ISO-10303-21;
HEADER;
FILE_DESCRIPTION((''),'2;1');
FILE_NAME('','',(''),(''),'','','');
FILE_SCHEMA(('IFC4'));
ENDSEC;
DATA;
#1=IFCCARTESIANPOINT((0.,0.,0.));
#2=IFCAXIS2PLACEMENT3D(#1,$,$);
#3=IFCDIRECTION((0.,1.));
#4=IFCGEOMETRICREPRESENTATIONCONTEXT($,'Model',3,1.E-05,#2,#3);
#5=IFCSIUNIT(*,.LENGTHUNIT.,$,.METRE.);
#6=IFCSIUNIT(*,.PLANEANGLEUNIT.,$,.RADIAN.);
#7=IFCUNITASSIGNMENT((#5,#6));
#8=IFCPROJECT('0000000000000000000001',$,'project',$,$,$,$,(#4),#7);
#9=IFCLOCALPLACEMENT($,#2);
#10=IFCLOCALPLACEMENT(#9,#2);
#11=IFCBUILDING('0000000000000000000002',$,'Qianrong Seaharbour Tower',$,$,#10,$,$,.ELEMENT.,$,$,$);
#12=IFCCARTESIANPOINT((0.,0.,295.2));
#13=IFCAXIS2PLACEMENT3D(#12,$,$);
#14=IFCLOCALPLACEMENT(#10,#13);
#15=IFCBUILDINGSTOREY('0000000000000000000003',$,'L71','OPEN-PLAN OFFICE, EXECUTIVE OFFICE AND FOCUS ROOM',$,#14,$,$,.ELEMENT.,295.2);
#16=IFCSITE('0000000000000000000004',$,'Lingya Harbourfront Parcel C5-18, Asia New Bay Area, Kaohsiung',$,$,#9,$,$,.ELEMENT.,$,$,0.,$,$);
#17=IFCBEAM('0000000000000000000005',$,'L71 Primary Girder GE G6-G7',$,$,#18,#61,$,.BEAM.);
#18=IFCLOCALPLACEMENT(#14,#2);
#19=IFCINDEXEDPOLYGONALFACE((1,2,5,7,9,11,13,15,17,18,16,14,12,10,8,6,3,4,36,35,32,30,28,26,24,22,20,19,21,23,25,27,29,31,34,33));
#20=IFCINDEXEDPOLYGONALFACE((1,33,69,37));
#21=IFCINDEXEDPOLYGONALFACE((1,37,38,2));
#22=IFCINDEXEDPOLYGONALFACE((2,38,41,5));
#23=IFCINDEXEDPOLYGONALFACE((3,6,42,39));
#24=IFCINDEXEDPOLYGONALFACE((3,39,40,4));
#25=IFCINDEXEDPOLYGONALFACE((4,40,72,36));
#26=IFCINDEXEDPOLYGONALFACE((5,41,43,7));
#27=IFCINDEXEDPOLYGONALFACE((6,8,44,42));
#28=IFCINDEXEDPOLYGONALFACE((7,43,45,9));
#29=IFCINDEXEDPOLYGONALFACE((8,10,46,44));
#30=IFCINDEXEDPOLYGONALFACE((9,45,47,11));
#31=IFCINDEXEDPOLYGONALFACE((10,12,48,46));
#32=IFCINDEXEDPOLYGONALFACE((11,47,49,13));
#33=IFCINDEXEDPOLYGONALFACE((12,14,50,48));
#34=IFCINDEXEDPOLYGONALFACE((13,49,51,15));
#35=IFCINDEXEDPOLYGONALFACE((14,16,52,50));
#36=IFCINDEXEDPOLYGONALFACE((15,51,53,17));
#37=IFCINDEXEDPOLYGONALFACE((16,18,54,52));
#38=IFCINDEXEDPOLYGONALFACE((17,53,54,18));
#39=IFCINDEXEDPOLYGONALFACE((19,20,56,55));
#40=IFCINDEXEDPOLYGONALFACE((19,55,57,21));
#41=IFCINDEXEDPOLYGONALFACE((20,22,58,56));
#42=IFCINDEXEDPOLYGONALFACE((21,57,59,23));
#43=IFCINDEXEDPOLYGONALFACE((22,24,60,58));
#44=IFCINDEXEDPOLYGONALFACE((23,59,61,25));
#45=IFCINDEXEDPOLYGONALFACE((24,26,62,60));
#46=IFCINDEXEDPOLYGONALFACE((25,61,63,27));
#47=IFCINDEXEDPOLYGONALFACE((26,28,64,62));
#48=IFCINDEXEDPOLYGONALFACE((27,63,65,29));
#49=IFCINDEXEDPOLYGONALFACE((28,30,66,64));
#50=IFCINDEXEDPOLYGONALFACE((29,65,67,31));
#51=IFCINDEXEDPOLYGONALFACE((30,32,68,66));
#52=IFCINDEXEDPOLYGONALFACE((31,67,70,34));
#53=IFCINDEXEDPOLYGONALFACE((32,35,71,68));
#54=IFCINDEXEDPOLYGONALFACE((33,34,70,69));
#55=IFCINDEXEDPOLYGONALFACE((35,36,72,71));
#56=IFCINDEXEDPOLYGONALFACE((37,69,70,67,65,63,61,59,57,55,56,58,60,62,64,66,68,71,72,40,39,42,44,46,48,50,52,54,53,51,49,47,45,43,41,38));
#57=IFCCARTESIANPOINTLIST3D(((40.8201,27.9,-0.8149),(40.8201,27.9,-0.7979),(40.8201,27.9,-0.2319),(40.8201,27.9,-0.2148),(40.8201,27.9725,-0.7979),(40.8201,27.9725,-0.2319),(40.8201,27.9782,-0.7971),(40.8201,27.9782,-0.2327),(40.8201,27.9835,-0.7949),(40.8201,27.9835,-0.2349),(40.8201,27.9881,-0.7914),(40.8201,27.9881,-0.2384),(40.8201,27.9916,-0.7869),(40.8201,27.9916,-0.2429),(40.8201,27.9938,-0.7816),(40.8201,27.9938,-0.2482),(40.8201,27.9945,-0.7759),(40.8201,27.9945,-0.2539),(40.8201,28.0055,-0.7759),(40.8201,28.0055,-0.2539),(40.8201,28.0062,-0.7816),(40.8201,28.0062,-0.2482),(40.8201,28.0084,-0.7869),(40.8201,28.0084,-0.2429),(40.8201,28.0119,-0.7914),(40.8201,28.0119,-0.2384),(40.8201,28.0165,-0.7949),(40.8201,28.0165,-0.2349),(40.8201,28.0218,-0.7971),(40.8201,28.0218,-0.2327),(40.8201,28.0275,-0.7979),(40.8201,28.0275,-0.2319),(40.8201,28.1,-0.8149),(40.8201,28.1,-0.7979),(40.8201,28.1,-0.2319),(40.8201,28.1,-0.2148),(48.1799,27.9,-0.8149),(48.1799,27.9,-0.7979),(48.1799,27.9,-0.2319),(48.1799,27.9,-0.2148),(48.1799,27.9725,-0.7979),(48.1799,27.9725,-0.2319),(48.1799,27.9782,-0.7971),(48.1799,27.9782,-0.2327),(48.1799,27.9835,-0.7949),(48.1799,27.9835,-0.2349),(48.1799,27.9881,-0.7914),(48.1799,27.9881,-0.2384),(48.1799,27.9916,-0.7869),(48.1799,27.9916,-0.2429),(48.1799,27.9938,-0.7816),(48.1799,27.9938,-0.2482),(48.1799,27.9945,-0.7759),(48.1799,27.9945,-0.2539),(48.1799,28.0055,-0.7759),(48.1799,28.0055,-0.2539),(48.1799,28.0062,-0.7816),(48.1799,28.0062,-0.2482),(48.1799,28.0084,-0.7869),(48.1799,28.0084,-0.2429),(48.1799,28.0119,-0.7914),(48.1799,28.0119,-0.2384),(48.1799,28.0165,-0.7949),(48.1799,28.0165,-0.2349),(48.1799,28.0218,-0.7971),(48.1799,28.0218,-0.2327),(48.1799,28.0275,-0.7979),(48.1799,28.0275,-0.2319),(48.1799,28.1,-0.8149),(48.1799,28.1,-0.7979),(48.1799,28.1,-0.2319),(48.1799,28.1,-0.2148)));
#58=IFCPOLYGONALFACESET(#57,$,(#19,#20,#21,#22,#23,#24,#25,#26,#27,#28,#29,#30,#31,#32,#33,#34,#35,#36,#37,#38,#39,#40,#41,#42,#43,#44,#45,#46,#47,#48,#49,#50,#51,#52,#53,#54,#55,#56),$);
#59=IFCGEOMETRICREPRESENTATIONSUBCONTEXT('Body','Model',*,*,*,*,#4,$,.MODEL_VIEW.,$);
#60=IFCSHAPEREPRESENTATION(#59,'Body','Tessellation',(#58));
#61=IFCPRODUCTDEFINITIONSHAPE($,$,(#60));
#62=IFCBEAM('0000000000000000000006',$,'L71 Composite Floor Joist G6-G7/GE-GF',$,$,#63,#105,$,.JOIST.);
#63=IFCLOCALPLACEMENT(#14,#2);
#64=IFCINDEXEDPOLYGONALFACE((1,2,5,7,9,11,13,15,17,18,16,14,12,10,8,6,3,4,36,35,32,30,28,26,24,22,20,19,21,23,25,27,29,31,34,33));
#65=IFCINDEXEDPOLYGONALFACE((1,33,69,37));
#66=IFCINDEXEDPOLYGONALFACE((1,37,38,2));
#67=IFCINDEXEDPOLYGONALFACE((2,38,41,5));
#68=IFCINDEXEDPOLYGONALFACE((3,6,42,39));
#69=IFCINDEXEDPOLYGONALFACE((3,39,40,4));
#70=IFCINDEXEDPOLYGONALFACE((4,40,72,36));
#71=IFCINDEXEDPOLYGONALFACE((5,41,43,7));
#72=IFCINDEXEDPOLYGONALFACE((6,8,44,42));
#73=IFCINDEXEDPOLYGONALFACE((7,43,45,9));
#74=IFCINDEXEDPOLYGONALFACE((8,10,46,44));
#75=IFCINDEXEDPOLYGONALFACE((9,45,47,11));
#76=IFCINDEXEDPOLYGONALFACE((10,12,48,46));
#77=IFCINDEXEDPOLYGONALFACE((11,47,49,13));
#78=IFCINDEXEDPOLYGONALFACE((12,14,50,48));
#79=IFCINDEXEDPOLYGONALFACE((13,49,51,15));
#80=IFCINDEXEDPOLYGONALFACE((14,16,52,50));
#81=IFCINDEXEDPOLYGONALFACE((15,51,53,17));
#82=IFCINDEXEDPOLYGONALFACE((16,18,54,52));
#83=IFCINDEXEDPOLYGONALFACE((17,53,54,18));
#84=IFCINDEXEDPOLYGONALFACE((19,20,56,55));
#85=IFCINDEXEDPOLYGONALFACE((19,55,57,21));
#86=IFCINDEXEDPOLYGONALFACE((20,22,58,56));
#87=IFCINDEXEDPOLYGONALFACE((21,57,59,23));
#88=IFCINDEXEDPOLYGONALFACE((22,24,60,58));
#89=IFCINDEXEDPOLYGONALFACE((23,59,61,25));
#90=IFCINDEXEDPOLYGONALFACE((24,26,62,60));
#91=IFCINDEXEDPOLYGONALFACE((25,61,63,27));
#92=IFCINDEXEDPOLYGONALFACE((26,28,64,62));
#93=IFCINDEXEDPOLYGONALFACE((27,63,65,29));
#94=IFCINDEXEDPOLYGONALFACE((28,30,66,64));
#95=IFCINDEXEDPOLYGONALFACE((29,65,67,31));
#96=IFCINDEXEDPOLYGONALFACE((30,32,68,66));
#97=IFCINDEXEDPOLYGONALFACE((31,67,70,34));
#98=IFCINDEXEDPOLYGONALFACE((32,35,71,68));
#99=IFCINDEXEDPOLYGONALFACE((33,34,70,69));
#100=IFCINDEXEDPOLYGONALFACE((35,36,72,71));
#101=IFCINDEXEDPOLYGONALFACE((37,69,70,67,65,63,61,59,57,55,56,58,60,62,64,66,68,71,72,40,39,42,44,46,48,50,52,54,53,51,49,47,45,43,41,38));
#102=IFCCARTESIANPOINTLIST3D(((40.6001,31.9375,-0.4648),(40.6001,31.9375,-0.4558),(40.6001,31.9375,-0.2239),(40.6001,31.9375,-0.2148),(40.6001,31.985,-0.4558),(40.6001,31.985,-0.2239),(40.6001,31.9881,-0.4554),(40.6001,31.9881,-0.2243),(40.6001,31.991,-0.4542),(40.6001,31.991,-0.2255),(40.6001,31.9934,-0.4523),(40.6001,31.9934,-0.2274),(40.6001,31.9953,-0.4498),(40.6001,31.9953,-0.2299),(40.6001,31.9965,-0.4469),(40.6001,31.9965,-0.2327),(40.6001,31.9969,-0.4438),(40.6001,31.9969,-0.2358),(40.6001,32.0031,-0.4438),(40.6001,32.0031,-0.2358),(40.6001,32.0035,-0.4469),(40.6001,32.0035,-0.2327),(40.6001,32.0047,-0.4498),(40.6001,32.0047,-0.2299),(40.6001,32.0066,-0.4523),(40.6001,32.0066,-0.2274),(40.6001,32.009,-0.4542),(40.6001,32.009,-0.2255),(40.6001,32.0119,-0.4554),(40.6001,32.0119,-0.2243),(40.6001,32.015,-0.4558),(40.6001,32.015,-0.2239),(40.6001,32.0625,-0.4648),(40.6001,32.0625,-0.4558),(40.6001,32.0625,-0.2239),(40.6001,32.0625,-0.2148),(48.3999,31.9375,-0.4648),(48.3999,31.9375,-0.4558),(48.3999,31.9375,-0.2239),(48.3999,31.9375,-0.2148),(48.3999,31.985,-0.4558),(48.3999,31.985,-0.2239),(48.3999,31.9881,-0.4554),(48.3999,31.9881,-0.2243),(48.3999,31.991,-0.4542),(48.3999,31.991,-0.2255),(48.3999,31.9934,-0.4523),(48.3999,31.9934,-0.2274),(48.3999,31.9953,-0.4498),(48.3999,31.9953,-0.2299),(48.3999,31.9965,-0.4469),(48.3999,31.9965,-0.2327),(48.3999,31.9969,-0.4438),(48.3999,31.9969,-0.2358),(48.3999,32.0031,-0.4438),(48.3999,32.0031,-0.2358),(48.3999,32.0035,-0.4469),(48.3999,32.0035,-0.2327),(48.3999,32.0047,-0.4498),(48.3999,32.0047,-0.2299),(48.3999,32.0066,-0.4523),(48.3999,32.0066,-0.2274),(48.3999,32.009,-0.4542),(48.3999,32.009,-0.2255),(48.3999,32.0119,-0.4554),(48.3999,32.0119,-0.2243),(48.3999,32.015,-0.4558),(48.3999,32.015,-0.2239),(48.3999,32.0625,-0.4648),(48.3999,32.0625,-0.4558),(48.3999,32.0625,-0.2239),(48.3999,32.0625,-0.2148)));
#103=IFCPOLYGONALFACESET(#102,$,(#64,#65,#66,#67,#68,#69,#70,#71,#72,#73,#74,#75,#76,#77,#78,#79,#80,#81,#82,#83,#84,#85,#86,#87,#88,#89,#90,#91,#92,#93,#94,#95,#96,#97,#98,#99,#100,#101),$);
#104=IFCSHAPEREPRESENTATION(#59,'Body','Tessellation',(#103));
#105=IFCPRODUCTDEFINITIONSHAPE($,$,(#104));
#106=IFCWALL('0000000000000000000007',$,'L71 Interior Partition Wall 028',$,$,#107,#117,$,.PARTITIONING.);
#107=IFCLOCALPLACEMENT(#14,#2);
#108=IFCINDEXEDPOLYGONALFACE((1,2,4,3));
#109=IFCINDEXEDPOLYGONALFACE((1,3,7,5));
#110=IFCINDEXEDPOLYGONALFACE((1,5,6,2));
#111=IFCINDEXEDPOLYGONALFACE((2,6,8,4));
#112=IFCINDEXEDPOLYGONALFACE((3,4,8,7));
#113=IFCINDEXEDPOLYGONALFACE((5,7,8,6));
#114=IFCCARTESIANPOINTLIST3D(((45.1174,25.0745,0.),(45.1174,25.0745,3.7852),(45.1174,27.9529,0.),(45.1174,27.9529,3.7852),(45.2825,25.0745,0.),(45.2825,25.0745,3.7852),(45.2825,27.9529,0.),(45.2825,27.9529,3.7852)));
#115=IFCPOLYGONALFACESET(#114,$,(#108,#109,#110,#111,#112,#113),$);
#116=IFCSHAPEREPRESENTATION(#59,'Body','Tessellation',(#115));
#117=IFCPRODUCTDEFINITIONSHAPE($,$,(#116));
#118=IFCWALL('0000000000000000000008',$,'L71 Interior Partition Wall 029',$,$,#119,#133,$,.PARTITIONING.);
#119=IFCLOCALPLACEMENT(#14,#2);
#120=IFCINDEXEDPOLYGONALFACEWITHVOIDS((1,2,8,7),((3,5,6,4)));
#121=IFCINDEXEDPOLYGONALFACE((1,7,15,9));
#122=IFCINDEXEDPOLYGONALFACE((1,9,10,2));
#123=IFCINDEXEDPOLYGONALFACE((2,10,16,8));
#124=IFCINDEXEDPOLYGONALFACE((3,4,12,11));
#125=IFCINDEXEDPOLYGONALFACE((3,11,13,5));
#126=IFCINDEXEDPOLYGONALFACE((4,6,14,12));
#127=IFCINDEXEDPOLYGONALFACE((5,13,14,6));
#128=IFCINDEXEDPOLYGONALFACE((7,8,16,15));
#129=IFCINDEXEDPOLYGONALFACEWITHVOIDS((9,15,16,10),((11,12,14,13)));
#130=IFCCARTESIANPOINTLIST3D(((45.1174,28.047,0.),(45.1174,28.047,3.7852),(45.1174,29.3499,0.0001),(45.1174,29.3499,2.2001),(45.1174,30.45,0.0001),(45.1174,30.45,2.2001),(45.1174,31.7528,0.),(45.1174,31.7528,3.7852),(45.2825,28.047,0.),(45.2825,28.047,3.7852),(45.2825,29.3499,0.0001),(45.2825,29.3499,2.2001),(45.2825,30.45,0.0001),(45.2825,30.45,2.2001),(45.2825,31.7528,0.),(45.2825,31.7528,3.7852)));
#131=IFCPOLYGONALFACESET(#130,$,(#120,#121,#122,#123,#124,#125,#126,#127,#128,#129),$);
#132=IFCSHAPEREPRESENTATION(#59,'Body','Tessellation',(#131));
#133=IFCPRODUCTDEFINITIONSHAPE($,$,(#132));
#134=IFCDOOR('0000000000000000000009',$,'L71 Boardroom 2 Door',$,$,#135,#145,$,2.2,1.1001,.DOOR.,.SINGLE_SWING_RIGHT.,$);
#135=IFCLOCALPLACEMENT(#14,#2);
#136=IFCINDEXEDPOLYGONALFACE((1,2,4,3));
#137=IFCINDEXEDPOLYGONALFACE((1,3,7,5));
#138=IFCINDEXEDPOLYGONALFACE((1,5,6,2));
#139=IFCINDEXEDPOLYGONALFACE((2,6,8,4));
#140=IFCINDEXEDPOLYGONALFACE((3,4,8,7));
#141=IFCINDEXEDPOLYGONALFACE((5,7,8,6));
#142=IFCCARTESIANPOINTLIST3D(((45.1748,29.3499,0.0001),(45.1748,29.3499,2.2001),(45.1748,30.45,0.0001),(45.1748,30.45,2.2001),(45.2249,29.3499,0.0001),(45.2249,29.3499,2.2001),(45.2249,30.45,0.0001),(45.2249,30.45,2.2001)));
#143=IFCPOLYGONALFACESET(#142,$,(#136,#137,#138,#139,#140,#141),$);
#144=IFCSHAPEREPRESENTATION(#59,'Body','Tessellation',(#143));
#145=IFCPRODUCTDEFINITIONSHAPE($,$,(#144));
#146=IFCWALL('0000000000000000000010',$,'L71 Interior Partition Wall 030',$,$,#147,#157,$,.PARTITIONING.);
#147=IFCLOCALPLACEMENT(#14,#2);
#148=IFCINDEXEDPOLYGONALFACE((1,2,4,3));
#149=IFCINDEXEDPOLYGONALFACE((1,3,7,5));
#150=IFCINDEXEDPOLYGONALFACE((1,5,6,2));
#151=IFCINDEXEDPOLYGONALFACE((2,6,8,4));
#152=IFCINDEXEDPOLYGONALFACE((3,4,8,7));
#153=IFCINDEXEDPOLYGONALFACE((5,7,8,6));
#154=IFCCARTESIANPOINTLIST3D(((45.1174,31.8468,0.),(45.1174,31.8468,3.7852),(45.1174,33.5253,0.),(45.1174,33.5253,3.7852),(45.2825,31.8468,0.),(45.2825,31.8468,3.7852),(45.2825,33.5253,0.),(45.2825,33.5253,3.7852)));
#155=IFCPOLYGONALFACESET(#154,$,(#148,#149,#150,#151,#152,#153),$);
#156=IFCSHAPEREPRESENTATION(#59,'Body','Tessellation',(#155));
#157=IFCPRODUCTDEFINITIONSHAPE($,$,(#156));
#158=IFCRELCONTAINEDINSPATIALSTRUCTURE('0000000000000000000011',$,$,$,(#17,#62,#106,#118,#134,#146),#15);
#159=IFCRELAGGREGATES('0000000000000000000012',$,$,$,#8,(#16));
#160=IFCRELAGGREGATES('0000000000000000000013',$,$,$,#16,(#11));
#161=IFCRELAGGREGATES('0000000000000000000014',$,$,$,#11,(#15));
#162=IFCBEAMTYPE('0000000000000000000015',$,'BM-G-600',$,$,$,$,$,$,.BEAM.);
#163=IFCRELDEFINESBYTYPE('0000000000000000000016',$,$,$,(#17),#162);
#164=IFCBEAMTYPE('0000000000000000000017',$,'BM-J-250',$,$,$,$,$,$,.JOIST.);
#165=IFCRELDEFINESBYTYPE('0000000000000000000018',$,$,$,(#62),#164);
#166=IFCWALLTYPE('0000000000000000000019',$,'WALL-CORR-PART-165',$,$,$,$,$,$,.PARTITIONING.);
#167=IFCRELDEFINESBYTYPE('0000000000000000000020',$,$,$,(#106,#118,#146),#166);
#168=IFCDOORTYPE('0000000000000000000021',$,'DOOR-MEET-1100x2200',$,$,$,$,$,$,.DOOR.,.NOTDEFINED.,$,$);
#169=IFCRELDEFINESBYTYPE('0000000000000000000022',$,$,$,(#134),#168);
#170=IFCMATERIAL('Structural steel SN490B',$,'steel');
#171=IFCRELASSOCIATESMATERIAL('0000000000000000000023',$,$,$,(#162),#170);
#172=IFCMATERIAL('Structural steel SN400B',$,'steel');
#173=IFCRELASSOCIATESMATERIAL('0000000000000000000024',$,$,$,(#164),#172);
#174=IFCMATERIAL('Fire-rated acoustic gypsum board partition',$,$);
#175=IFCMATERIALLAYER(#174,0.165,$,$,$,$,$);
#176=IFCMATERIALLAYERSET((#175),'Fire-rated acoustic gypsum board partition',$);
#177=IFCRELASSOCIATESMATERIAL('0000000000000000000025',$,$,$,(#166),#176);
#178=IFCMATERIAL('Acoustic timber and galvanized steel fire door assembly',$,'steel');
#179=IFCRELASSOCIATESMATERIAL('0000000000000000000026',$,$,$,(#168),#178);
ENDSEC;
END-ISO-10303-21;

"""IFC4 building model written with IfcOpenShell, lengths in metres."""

from ifc_helpers import new_model, si_unit, direction, frame, frame_2d, origin, origin_2d, place, context, subcontext, project, spatial, rectangle, i_section, extrude, material, layer, layer_set, material_profile, profile_set, type_object, element, fill, save


model = new_model("IFC4")

# Units and contexts
model_context = context("Model", 3, precision=1e-05, world=origin(), true_north=direction((0.0, 1.0)))
body_context = subcontext(model_context, "Body", "Model", "MODEL_VIEW")
ifc_project = project(units=[si_unit("LENGTHUNIT", "METRE"), si_unit("PLANEANGLEUNIT", "RADIAN")], contexts=[model_context])

# Site, building, storey
site_placement = place(None, origin())
site = spatial("IfcSite", under=ifc_project, at=site_placement, Name="Lingya Harbourfront Parcel C5-18, Asia New Bay Area, Kaohsiung", CompositionType="ELEMENT", RefElevation=0.0)
building_placement = place(site_placement, origin())
building = spatial("IfcBuilding", under=site, at=building_placement, Name="Qianrong Seaharbour Tower", CompositionType="ELEMENT")
storey_placement = place(building_placement, frame((0.0, 0.0, 295.2)))
storey = spatial("IfcBuildingStorey", under=building, at=storey_placement, Name="L71", Description="OPEN-PLAN OFFICE, EXECUTIVE OFFICE AND FOCUS ROOM", CompositionType="ELEMENT", Elevation=295.2)

# Beams
ifc_material_1 = material(Name="Structural steel SN490B", Category="steel")
ifc_material_profile_1 = material_profile(ifc_material_1, i_section(OverallWidth=0.2, OverallDepth=0.6001, WebThickness=0.011, FlangeThickness=0.0171, FilletRadius=0.022, at=origin_2d()), Name="H600x200x11x17")
ifc_profile_set_1 = profile_set([ifc_material_profile_1], Name="Structural steel SN490B")
beam_type_1 = type_object("IfcBeamType", Name="BM-G-600", PredefinedType="BEAM", material=ifc_profile_set_1)
beam_1_placement = place(storey_placement, frame((40.8201, 28.0, -0.5149), z_axis=(1.0, 0.0, 0.0), x_axis=(0.0, 1.0, 0.0)))
element("IfcBeam", 1, at=beam_1_placement, inside=storey, type_object=beam_type_1, Name="L71 Primary Girder GE G6-G7", PredefinedType="BEAM", context=body_context, shape_type="SweptSolid", body=[
    extrude(i_section(OverallWidth=0.2, OverallDepth=0.6001, WebThickness=0.011, FlangeThickness=0.0171, FilletRadius=0.022, at=origin_2d()), origin(), (0.0, 0.0, 1.0), 7.3599),
])
ifc_material_2 = material(Name="Structural steel SN400B", Category="steel")
ifc_material_profile_2 = material_profile(ifc_material_2, i_section(OverallWidth=0.125, OverallDepth=0.25, WebThickness=0.0061, FlangeThickness=0.009, FilletRadius=0.012, at=origin_2d()), Name="H250x125x6x9")
ifc_profile_set_2 = profile_set([ifc_material_profile_2], Name="Structural steel SN400B")
beam_type_2 = type_object("IfcBeamType", Name="BM-J-250", PredefinedType="JOIST", material=ifc_profile_set_2)
beam_2_placement = place(storey_placement, frame((40.6001, 32.0, -0.3398), z_axis=(1.0, 0.0, 0.0), x_axis=(0.0, 1.0, 0.0)))
element("IfcBeam", 2, at=beam_2_placement, inside=storey, type_object=beam_type_2, Name="L71 Composite Floor Joist G6-G7/GE-GF", PredefinedType="JOIST", context=body_context, shape_type="SweptSolid", body=[
    extrude(i_section(OverallWidth=0.125, OverallDepth=0.25, WebThickness=0.0061, FlangeThickness=0.009, FilletRadius=0.012, at=origin_2d()), origin(), (0.0, 0.0, 1.0), 7.7998),
])

# Wall
ifc_material_3 = material(Name="Fire-rated acoustic gypsum board partition")
ifc_layer_1 = layer(ifc_material_3, 0.165)
ifc_layer_set_1 = layer_set([ifc_layer_1], Name="Fire-rated acoustic gypsum board partition")
wall_type_1 = type_object("IfcWallType", Name="WALL-CORR-PART-165", PredefinedType="PARTITIONING", material=ifc_layer_set_1)
wall_1_placement = place(storey_placement, frame((45.2, 27.9529, 0.0), z_axis=(0.0, 0.0, 1.0), x_axis=(0.0, -1.0, 0.0)))
element("IfcWall", 3, at=wall_1_placement, inside=storey, type_object=wall_type_1, Name="L71 Interior Partition Wall 028", PredefinedType="PARTITIONING", context=body_context, shape_type="SweptSolid", body=[
    extrude(rectangle(XDim=2.8784, YDim=0.165, at=frame_2d((1.4392, 0.0))), origin(), (0.0, 0.0, 1.0), 3.7852),
])

# Wall, opening, door
wall_2_placement = place(storey_placement, frame((45.2, 31.7529, 0.0), z_axis=(0.0, 0.0, 1.0), x_axis=(0.0, -1.0, 0.0)))
wall_2 = element("IfcWall", 4, at=wall_2_placement, inside=storey, type_object=wall_type_1, Name="L71 Interior Partition Wall 029", PredefinedType="PARTITIONING", context=body_context, shape_type="SweptSolid", body=[
    extrude(rectangle(XDim=3.7058, YDim=0.165, at=frame_2d((1.853, 0.0))), origin(), (0.0, 0.0, 1.0), 3.7852),
])
opening_1_placement = place(wall_2_placement, frame((1.303, 0.0, 0.0)))
opening_1 = element("IfcOpeningElement", 5, at=opening_1_placement, cuts=wall_2, PredefinedType="OPENING", context=body_context, shape_type="SweptSolid", body=[
    extrude(rectangle(XDim=1.1001, YDim=2.2, at=frame_2d((0.55, 1.1001))), frame((0.0, 0.0925, 0.0), z_axis=(0.0, -1.0, 0.0), x_axis=(1.0, 0.0, 0.0)), (0.0, 0.0, 1.0), 0.1851),
])
ifc_material_4 = material(Name="Acoustic timber and galvanized steel fire door assembly", Category="steel")
door_type_1 = type_object("IfcDoorType", Name="DOOR-MEET-1100x2200", OperationType="NOTDEFINED", PredefinedType="DOOR", material=ifc_material_4)
door_1_placement = place(opening_1_placement, origin())
door_1 = element("IfcDoor", 6, at=door_1_placement, inside=storey, type_object=door_type_1, Name="L71 Boardroom 2 Door", OperationType="SINGLE_SWING_RIGHT", OverallHeight=2.2, OverallWidth=1.1001, PredefinedType="DOOR", context=body_context, shape_type="SweptSolid", body=[
    extrude(rectangle(XDim=1.1001, YDim=2.2, at=frame_2d((0.55, 1.1001))), frame((0.0, 0.0249, 0.0), z_axis=(0.0, -1.0, 0.0), x_axis=(1.0, 0.0, 0.0)), (0.0, 0.0, 1.0), 0.05),
])
fill(opening_1, door_1)

# Wall
wall_3_placement = place(storey_placement, frame((45.2, 33.5254, 0.0), z_axis=(0.0, 0.0, 1.0), x_axis=(0.0, -1.0, 0.0)))
element("IfcWall", 7, at=wall_3_placement, inside=storey, type_object=wall_type_1, Name="L71 Interior Partition Wall 030", PredefinedType="PARTITIONING", context=body_context, shape_type="SweptSolid", body=[
    extrude(rectangle(XDim=1.6785, YDim=0.165, at=frame_2d((0.8394, 0.0))), origin(), (0.0, 0.0, 1.0), 3.7852),
])

save(model, "model.ifc")
